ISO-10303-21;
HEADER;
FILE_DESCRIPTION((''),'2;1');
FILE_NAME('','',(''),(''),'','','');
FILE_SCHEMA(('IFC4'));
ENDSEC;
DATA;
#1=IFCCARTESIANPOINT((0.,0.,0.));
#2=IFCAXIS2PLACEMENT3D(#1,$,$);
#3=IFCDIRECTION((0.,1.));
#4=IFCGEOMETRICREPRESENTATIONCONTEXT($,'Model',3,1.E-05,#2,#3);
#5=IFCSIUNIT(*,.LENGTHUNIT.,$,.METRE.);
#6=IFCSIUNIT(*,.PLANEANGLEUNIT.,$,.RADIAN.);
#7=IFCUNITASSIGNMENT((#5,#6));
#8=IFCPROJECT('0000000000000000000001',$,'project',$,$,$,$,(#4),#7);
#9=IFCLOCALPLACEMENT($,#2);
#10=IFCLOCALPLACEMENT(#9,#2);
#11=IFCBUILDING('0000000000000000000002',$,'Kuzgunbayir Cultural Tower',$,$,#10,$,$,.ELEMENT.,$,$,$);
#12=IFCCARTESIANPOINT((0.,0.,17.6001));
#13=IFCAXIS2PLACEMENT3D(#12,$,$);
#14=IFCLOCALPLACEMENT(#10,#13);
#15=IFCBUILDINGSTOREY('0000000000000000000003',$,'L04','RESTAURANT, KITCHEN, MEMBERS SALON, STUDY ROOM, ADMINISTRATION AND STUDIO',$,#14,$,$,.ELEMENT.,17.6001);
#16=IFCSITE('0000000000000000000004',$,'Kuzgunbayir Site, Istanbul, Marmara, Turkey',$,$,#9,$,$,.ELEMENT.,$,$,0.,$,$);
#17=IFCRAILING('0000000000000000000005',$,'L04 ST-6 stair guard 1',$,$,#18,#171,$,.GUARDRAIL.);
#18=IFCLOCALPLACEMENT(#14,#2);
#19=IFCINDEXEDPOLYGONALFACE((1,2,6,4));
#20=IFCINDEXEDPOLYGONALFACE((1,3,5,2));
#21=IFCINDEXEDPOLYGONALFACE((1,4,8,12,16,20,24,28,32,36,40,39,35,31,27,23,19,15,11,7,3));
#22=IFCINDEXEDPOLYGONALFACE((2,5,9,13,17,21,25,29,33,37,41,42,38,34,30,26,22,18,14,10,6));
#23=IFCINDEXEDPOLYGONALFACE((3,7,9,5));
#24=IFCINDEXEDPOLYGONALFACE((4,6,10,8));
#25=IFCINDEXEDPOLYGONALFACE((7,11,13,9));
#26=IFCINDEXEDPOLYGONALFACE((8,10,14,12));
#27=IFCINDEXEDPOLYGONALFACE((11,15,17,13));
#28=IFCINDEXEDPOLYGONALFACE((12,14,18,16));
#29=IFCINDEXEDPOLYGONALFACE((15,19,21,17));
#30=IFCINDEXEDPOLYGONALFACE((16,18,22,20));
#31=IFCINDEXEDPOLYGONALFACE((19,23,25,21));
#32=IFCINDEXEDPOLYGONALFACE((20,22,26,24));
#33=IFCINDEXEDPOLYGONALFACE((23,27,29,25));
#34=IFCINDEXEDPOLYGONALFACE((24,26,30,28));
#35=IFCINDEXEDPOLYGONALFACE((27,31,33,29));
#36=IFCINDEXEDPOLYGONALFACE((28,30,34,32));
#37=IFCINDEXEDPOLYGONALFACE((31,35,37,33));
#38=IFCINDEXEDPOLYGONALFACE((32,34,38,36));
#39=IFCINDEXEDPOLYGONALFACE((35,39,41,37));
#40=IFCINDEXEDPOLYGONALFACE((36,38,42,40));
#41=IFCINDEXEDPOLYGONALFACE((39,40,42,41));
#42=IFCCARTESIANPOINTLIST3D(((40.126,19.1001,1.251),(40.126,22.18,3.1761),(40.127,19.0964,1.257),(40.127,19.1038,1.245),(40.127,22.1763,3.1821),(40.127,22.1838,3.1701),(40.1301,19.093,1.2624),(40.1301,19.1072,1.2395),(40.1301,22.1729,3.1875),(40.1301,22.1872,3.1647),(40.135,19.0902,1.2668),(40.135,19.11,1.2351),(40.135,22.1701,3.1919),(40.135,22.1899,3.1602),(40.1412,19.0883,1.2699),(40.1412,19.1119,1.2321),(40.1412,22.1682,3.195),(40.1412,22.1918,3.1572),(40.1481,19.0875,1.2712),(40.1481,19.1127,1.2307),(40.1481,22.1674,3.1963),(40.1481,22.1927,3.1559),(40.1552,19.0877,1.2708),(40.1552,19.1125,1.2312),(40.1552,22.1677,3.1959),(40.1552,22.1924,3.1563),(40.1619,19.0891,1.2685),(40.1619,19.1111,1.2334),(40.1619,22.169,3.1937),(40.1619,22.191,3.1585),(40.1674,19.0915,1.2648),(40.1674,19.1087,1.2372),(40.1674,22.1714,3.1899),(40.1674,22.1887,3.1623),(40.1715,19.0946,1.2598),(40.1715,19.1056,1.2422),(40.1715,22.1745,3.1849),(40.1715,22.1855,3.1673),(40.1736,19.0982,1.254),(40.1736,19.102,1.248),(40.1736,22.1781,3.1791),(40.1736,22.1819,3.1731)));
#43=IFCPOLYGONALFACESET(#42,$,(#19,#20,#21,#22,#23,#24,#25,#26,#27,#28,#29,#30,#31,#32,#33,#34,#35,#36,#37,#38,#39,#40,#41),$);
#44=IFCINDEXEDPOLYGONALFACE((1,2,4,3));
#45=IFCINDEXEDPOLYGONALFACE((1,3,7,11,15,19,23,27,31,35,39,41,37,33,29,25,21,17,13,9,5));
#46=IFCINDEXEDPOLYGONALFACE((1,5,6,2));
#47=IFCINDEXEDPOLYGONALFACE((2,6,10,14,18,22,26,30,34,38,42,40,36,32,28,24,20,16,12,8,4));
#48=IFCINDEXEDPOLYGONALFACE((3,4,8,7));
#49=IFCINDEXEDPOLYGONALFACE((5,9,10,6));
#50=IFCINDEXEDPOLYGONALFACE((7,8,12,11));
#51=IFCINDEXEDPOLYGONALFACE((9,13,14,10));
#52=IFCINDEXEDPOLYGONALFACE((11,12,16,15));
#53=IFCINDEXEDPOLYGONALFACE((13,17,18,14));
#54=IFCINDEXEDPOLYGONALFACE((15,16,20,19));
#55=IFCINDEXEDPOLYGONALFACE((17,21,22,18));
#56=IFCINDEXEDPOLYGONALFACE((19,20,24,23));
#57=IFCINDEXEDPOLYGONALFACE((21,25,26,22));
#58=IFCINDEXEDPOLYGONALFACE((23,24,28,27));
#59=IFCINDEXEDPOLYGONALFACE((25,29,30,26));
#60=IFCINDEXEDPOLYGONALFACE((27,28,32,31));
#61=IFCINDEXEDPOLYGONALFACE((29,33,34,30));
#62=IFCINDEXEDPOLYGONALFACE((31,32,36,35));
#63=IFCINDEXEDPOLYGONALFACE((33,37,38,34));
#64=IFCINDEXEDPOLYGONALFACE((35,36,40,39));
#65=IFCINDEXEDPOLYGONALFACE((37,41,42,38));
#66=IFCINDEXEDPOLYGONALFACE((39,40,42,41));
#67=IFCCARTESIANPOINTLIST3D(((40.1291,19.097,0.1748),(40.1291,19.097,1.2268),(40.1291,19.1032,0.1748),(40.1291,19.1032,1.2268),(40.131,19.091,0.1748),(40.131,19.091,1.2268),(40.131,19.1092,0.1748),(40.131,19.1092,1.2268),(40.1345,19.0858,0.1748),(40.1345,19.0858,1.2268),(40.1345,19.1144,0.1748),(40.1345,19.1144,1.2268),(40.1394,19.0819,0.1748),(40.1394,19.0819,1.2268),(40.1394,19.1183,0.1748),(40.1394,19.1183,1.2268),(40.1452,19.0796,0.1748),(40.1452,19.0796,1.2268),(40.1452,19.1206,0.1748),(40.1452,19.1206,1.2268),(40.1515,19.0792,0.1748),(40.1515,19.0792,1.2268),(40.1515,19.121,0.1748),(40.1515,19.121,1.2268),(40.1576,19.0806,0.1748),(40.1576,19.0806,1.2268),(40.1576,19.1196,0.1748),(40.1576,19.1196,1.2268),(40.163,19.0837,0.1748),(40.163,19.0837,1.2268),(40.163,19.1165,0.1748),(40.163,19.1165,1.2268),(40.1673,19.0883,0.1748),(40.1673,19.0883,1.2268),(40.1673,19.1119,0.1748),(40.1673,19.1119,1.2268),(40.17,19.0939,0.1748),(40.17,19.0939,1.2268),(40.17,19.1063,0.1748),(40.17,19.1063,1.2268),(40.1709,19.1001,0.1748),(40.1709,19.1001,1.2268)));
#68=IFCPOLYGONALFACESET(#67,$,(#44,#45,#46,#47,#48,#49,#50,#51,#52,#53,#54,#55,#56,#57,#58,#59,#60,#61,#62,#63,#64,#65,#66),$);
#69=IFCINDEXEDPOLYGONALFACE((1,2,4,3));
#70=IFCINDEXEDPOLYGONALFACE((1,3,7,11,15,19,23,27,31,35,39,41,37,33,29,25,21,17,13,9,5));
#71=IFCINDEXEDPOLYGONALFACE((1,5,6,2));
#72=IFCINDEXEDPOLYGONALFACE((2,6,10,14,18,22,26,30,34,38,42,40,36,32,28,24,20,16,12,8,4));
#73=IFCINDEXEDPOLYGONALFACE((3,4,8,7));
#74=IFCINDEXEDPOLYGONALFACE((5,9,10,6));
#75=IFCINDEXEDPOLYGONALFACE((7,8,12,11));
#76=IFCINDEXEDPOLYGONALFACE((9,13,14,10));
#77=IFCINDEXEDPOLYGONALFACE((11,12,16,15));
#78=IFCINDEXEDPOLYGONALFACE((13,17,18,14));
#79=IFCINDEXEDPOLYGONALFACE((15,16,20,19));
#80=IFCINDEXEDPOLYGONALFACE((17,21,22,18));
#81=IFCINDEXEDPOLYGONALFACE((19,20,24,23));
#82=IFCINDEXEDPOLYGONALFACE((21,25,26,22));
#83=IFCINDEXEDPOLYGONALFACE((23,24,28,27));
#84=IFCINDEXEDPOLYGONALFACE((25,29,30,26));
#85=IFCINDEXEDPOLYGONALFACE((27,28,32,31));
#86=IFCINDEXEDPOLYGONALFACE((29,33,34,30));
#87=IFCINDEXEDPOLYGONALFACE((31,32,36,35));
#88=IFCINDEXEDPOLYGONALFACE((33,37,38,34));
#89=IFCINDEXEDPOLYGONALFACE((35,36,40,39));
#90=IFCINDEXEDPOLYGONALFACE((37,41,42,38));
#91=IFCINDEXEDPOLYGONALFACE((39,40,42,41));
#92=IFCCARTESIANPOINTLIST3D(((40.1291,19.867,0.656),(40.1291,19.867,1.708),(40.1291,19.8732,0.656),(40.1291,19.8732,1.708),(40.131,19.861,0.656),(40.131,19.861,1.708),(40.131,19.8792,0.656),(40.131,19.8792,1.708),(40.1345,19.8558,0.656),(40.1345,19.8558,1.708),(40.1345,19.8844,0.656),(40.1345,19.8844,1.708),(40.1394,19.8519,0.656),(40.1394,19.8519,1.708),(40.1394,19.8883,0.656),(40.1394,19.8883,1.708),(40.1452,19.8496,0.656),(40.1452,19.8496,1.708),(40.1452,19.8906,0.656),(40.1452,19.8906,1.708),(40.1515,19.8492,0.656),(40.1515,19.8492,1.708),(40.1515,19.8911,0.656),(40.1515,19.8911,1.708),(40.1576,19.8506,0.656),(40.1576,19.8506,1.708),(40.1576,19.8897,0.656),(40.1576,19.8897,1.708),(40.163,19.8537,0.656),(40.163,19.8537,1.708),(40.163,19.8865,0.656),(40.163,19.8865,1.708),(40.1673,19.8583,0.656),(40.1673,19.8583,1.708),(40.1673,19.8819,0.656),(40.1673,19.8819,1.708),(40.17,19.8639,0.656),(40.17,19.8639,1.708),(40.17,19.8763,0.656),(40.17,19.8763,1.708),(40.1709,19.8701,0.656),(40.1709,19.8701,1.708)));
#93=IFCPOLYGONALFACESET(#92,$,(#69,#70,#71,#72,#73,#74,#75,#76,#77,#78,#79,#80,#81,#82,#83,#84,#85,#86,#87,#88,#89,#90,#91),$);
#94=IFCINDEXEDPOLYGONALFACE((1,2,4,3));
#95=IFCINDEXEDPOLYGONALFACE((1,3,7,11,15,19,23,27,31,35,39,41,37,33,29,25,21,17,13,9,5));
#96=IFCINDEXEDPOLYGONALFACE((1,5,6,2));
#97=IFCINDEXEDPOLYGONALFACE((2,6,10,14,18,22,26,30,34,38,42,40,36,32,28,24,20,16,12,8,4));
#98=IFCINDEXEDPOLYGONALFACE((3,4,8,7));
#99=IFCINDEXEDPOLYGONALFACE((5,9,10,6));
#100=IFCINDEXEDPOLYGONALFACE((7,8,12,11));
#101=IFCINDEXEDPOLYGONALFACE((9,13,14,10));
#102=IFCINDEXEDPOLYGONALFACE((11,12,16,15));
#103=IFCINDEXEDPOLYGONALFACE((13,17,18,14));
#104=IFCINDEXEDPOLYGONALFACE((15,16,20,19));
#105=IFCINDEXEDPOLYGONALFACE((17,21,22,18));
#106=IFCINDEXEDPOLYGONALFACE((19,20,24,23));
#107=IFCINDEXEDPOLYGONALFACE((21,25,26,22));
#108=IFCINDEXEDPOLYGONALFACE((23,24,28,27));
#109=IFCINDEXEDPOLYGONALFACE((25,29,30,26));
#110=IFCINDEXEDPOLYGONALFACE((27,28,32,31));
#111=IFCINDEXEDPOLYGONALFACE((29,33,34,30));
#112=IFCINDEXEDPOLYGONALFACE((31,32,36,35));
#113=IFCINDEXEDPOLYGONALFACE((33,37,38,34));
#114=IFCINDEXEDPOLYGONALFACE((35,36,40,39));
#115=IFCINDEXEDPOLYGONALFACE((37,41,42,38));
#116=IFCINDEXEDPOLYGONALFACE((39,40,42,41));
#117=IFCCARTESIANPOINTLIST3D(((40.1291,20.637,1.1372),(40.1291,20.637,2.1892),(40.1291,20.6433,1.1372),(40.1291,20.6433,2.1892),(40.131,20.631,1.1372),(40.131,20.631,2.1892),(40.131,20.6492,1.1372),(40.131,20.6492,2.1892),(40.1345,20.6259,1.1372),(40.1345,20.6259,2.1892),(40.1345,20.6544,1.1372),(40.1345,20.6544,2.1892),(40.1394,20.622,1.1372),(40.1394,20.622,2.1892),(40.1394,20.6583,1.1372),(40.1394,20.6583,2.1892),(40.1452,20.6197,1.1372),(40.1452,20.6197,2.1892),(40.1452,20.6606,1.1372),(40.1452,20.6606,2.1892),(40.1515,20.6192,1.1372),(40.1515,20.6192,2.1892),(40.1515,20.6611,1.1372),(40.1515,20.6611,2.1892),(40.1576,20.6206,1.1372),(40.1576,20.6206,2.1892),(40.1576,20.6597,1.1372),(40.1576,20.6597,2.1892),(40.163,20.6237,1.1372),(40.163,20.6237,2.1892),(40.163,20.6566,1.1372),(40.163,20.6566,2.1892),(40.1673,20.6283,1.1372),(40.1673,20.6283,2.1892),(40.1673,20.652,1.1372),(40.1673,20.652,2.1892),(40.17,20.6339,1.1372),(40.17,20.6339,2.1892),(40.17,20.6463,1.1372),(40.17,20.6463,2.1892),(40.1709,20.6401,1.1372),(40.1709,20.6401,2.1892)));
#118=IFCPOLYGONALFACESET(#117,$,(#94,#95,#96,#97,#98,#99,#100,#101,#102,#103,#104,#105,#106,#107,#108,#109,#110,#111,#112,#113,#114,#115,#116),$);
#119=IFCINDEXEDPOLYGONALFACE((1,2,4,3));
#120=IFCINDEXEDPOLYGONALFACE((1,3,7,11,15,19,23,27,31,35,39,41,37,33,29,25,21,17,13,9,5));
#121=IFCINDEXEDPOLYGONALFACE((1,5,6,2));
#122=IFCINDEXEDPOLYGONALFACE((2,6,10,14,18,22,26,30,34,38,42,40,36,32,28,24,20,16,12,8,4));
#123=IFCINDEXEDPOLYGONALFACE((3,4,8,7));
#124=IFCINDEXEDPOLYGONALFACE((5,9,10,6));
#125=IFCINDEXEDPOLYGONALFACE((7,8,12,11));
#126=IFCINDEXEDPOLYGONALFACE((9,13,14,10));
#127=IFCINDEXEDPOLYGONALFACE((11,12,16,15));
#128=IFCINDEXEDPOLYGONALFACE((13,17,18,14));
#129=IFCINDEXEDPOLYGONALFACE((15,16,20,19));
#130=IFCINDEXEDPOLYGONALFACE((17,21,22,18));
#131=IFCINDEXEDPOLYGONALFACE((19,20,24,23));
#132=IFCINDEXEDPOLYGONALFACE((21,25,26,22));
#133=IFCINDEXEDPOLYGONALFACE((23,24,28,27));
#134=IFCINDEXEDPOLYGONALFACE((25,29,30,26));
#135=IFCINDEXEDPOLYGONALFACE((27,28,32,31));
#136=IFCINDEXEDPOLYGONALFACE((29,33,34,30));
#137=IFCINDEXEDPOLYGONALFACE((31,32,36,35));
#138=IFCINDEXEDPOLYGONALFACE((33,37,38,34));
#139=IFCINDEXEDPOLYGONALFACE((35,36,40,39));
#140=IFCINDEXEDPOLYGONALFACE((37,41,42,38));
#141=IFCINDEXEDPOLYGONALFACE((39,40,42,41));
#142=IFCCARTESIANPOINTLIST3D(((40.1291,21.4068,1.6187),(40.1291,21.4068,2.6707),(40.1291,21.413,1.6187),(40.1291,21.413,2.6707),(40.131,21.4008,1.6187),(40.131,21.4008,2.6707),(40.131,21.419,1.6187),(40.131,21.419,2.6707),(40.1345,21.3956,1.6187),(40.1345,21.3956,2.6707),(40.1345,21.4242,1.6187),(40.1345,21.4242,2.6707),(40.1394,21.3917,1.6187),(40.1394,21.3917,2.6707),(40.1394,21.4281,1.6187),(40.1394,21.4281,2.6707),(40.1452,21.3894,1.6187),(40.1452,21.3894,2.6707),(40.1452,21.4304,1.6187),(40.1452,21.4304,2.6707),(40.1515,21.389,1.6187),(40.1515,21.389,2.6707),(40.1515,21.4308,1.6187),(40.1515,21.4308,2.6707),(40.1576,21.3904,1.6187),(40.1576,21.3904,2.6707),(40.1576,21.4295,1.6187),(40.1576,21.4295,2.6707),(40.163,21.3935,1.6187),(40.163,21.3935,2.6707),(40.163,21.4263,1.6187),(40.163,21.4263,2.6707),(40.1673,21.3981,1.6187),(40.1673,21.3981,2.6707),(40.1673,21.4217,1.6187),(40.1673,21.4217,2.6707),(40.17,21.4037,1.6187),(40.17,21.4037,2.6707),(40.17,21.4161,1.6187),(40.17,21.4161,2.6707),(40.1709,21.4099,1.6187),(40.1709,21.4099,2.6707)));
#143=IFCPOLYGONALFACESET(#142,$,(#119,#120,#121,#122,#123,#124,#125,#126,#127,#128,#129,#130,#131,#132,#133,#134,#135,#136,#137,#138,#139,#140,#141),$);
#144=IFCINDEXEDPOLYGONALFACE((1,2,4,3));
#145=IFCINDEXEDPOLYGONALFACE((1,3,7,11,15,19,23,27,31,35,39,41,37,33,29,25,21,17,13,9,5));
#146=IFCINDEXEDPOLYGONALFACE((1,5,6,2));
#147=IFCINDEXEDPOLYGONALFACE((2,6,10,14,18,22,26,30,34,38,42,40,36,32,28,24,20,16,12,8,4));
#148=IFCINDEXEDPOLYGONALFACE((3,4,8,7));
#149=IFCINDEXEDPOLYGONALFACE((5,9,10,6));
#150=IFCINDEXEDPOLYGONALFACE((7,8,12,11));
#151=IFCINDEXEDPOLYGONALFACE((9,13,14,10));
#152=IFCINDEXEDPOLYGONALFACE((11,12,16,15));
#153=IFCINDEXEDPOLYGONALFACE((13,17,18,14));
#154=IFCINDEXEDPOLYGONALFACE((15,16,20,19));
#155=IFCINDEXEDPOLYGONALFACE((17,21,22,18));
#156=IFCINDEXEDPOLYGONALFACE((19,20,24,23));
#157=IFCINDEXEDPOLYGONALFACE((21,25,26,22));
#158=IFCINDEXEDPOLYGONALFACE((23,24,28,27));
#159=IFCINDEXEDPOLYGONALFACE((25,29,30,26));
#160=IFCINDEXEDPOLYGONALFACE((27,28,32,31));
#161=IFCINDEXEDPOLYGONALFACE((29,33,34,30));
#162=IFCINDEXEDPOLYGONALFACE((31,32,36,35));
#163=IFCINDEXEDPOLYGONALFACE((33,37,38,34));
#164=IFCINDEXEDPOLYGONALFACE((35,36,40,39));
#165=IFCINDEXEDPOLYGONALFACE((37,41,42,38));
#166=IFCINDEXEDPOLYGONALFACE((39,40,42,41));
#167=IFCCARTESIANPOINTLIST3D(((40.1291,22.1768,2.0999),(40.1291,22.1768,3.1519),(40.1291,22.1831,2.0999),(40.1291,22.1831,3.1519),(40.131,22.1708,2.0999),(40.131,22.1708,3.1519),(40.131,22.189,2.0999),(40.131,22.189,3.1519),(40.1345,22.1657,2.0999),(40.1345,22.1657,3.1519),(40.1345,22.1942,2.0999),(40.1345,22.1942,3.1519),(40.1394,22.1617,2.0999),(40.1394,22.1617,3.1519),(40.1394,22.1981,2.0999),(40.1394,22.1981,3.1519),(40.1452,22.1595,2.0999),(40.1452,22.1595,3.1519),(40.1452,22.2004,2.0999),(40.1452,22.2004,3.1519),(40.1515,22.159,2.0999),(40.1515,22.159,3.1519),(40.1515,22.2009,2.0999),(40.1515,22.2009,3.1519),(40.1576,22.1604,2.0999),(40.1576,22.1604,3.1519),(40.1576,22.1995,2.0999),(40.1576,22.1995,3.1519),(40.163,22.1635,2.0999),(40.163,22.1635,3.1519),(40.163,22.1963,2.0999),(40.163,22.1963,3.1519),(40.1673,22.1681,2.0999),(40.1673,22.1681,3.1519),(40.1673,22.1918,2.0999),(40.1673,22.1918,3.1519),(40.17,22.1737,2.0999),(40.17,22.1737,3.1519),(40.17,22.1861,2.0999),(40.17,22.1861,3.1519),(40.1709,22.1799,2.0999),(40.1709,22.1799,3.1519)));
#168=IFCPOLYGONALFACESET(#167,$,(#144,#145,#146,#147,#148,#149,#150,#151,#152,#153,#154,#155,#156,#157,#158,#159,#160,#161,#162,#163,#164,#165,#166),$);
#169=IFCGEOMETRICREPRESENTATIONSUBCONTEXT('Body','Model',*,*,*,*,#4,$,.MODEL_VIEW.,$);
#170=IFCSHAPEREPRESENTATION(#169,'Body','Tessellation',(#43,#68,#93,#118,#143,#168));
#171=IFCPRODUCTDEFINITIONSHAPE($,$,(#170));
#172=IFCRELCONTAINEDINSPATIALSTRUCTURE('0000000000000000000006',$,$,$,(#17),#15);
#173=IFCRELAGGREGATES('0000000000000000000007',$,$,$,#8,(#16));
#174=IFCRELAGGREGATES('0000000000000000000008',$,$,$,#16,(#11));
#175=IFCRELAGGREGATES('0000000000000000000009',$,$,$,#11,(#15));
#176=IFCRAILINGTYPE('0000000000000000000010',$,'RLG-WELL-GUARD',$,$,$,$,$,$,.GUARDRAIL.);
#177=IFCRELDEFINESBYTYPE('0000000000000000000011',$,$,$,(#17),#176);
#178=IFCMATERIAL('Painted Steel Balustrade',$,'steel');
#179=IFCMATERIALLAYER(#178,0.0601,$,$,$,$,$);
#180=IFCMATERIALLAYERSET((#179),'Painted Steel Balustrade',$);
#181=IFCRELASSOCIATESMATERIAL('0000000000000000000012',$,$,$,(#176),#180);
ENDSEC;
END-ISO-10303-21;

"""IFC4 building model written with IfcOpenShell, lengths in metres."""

from ifc_helpers import new_model, si_unit, direction, frame, origin, origin_2d, place, context, subcontext, project, spatial, circle, extrude, material, layer, layer_set, type_object, element, save


model = new_model("IFC4")

# Units and contexts
model_context = context("Model", 3, precision=1e-05, world=origin(), true_north=direction((0.0, 1.0)))
body_context = subcontext(model_context, "Body", "Model", "MODEL_VIEW")
ifc_project = project(units=[si_unit("LENGTHUNIT", "METRE"), si_unit("PLANEANGLEUNIT", "RADIAN")], contexts=[model_context])

# Site, building, storey
site_placement = place(None, origin())
site = spatial("IfcSite", under=ifc_project, at=site_placement, Name="Kuzgunbayir Site, Istanbul, Marmara, Turkey", CompositionType="ELEMENT", RefElevation=0.0)
building_placement = place(site_placement, origin())
building = spatial("IfcBuilding", under=site, at=building_placement, Name="Kuzgunbayir Cultural Tower", CompositionType="ELEMENT")
storey_placement = place(building_placement, frame((0.0, 0.0, 17.6001)))
storey = spatial("IfcBuildingStorey", under=building, at=storey_placement, Name="L04", Description="RESTAURANT, KITCHEN, MEMBERS SALON, STUDY ROOM, ADMINISTRATION AND STUDIO", CompositionType="ELEMENT", Elevation=17.6001)

# Railing
ifc_material_1 = material(Name="Painted Steel Balustrade", Category="steel")
ifc_layer_1 = layer(ifc_material_1, 0.0601)
ifc_layer_set_1 = layer_set([ifc_layer_1], Name="Painted Steel Balustrade")
railing_type_1 = type_object("IfcRailingType", Name="RLG-WELL-GUARD", PredefinedType="GUARDRAIL", material=ifc_layer_set_1)
railing_1_placement = place(storey_placement, frame((40.1499, 19.1001, 0.1748)))
element("IfcRailing", 1, at=railing_1_placement, inside=storey, type_object=railing_type_1, Name="L04 ST-6 stair guard 1", PredefinedType="GUARDRAIL", context=body_context, shape_type="SweptSolid", body=[
    extrude(circle(Radius=0.0239, at=origin_2d()), frame((0.0, 0.0, 1.0762), z_axis=(0.0, 0.847979, 0.530029), x_axis=(-1.0, 0.0, 0.0)), (0.0, 0.0, 1.0), 3.6321),
    extrude(circle(Radius=0.021, at=origin_2d()), origin(), (0.0, 0.0, 1.0), 1.052),
    extrude(circle(Radius=0.021, at=origin_2d()), frame((0.0, 0.77, 0.4812)), (0.0, 0.0, 1.0), 1.052),
    extrude(circle(Radius=0.021, at=origin_2d()), frame((0.0, 1.54, 0.9624)), (0.0, 0.0, 1.0), 1.052),
    extrude(circle(Radius=0.021, at=origin_2d()), frame((0.0, 2.3098, 1.4438)), (0.0, 0.0, 1.0), 1.052),
    extrude(circle(Radius=0.021, at=origin_2d()), frame((0.0, 3.0798, 1.925)), (0.0, 0.0, 1.0), 1.052),
])

save(model, "model.ifc")
